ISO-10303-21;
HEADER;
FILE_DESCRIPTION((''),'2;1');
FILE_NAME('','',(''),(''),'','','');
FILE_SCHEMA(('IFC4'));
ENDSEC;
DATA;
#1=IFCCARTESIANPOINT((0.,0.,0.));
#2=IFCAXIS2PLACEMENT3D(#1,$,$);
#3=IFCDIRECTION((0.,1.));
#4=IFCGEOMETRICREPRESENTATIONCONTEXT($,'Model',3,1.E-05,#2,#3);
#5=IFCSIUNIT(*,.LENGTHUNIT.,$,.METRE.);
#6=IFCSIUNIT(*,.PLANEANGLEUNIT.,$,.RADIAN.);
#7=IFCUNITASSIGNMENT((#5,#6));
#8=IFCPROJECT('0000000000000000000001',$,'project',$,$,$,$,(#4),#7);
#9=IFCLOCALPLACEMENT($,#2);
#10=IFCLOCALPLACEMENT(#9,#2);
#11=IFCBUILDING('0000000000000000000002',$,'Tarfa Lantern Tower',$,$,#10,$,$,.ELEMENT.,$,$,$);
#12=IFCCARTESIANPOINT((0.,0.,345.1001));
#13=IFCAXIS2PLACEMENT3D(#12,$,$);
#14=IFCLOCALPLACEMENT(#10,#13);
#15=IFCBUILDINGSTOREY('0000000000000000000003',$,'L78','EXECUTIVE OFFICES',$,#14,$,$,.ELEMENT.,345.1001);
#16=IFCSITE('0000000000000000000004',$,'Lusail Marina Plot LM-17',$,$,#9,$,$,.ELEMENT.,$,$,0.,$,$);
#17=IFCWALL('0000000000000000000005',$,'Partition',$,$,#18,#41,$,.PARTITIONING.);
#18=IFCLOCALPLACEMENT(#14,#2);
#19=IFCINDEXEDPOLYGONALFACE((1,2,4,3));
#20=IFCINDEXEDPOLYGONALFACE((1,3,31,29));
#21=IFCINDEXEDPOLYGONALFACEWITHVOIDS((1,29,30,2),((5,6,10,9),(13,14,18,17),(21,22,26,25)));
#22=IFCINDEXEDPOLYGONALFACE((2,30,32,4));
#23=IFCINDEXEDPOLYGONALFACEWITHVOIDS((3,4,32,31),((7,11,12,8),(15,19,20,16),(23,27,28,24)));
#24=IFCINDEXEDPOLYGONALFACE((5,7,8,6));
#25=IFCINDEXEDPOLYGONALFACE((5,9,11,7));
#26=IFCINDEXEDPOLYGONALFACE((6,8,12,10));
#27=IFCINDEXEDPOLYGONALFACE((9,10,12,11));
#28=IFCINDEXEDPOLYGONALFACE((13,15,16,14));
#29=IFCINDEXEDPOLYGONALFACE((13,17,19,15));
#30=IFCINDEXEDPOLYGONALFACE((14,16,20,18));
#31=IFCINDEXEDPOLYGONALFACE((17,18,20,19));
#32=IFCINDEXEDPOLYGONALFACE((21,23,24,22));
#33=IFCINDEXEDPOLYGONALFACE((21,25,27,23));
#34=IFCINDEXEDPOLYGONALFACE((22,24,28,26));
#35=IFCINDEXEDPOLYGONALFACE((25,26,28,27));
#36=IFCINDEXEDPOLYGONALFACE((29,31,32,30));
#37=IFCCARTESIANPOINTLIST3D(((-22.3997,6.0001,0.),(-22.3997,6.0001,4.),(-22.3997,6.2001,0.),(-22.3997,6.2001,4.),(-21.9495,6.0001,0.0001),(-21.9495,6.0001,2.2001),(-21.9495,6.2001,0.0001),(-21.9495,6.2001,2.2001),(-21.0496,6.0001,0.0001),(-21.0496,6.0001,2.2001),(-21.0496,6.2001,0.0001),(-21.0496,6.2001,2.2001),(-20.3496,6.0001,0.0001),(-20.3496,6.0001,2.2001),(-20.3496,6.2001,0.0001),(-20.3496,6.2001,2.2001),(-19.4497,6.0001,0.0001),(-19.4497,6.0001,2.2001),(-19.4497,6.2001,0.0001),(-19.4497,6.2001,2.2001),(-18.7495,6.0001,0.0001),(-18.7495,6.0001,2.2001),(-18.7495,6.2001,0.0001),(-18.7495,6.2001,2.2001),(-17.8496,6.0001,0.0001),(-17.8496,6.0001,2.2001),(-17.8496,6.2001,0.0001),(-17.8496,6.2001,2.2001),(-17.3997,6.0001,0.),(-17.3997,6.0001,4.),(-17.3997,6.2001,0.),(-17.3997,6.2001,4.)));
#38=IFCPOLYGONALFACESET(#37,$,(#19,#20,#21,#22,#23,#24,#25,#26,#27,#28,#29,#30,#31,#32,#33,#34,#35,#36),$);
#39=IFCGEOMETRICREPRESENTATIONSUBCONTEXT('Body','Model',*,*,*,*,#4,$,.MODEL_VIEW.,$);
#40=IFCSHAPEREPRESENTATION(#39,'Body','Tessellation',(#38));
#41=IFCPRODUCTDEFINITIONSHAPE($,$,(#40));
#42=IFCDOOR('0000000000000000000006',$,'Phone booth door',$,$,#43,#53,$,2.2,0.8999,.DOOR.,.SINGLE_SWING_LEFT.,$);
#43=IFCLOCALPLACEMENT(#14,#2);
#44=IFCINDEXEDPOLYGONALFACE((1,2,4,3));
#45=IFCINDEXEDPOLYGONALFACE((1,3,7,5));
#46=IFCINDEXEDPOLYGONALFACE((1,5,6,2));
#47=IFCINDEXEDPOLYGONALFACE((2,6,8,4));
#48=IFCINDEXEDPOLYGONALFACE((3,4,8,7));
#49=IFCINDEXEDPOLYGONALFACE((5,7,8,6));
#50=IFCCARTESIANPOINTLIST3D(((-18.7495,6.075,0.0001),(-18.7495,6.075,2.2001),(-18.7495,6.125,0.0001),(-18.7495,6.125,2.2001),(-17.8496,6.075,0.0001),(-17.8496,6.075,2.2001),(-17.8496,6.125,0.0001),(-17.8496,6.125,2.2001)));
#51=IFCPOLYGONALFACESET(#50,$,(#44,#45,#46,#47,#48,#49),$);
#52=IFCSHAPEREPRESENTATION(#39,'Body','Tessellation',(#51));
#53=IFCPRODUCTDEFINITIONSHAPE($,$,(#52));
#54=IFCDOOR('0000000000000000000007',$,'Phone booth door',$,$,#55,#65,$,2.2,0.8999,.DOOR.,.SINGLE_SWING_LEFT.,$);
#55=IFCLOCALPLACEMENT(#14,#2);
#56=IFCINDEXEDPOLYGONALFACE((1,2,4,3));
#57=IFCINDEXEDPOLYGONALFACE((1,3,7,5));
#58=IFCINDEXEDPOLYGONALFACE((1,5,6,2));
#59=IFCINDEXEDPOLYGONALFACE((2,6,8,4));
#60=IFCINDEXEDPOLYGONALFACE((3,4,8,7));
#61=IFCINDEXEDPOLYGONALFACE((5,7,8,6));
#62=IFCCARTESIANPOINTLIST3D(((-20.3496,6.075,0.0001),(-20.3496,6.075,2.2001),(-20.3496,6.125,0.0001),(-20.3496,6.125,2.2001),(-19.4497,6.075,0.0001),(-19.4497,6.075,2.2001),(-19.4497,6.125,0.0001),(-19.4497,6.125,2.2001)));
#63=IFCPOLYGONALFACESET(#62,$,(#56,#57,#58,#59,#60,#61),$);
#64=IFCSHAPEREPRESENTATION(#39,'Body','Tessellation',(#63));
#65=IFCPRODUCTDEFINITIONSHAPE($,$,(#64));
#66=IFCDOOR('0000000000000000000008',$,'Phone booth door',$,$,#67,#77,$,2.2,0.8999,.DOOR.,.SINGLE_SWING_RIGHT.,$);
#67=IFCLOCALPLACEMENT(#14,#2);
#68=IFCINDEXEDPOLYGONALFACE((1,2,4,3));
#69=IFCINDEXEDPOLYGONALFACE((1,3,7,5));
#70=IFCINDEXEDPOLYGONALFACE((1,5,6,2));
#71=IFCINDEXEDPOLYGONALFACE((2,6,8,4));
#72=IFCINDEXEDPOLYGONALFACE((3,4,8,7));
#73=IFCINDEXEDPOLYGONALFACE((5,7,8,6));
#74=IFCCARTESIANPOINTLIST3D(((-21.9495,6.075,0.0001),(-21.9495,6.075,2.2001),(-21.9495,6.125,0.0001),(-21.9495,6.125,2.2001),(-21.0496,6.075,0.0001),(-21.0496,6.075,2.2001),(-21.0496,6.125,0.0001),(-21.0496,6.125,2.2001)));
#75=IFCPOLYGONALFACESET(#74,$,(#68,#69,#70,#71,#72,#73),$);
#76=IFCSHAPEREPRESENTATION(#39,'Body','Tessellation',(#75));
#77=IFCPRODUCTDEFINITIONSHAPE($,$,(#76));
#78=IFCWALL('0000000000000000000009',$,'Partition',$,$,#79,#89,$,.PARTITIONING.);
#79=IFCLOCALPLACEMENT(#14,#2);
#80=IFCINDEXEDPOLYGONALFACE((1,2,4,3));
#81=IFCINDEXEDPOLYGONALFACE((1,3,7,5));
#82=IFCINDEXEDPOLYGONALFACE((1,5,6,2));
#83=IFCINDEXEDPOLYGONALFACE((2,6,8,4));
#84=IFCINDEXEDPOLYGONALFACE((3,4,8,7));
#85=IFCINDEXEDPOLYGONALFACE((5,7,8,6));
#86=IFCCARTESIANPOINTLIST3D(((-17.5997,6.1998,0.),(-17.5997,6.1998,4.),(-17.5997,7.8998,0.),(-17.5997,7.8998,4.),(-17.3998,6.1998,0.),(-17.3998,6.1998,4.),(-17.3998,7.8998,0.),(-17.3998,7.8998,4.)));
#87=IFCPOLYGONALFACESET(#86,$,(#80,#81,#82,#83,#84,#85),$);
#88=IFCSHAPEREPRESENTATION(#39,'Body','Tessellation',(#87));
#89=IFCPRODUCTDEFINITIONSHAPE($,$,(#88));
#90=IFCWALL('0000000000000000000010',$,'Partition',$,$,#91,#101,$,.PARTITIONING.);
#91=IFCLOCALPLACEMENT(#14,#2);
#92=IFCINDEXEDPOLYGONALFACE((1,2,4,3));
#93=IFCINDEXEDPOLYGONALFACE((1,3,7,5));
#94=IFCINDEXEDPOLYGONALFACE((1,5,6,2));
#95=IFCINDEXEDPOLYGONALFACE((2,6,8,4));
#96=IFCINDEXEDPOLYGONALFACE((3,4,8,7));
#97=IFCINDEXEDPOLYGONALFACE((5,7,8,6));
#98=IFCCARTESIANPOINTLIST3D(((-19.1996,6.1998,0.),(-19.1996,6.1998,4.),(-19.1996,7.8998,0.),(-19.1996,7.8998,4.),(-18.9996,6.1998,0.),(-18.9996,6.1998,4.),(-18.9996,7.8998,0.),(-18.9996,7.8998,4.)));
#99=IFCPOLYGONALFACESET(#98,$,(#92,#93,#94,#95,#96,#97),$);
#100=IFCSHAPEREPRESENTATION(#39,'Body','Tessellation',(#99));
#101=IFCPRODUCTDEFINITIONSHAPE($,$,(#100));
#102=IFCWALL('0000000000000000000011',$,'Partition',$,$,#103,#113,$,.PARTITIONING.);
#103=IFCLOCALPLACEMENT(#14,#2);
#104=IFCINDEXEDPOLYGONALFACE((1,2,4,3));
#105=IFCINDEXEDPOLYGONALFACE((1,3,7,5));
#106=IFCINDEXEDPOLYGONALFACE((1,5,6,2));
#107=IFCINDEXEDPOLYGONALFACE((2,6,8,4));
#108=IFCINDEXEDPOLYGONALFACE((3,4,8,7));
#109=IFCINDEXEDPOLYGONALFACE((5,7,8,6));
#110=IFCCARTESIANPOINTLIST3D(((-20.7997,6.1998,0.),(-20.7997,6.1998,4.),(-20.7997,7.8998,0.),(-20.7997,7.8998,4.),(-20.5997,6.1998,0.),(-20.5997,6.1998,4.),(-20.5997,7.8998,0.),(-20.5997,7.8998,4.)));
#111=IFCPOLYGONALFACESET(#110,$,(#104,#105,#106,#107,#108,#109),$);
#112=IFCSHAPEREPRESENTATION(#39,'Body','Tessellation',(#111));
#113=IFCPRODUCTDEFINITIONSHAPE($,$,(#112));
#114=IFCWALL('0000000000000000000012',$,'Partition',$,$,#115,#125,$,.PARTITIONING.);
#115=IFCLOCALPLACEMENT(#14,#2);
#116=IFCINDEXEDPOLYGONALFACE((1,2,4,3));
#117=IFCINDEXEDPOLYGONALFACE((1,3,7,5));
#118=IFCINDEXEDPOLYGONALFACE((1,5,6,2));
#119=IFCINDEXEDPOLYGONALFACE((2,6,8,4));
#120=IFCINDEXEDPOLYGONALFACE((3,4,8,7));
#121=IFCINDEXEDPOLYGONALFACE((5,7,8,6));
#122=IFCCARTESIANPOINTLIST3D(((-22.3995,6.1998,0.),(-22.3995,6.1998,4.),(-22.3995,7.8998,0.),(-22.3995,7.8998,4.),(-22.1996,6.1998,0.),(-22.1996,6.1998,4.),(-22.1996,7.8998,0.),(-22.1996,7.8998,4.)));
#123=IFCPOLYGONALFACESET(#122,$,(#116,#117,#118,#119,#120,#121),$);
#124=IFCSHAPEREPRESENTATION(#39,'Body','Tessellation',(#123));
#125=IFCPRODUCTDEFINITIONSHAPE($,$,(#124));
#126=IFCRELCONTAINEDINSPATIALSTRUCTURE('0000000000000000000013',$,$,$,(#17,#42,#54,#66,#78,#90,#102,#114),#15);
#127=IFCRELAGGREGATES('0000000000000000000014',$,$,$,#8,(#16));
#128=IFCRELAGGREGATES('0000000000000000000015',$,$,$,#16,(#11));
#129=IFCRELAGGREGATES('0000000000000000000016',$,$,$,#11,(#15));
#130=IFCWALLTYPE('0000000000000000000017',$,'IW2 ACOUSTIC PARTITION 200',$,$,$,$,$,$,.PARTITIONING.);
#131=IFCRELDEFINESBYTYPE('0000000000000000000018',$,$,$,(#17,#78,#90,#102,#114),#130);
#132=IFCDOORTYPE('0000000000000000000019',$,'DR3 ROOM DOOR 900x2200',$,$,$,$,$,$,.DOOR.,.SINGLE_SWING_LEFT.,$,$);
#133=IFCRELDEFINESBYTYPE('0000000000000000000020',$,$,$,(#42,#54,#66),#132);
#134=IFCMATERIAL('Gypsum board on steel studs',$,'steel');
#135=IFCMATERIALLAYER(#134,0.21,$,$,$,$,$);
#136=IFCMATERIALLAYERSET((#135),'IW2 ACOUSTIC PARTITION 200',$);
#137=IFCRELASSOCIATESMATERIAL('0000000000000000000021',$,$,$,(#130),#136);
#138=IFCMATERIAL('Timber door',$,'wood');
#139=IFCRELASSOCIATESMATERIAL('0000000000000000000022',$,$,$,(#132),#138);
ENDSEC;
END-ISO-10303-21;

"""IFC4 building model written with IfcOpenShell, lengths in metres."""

from ifc_helpers import new_model, si_unit, direction, frame, frame_2d, origin, place, context, subcontext, project, spatial, rectangle, extrude, material, layer, layer_set, type_object, element, fill, save


model = new_model("IFC4")

# Units and contexts
model_context = context("Model", 3, precision=1e-05, world=origin(), true_north=direction((0.0, 1.0)))
body_context = subcontext(model_context, "Body", "Model", "MODEL_VIEW")
ifc_project = project(units=[si_unit("LENGTHUNIT", "METRE"), si_unit("PLANEANGLEUNIT", "RADIAN")], contexts=[model_context])

# Site, building, storey
site_placement = place(None, origin())
site = spatial("IfcSite", under=ifc_project, at=site_placement, Name="Lusail Marina Plot LM-17", CompositionType="ELEMENT", RefElevation=0.0)
building_placement = place(site_placement, origin())
building = spatial("IfcBuilding", under=site, at=building_placement, Name="Tarfa Lantern Tower", CompositionType="ELEMENT")
storey_placement = place(building_placement, frame((0.0, 0.0, 345.1001)))
storey = spatial("IfcBuildingStorey", under=building, at=storey_placement, Name="L78", Description="EXECUTIVE OFFICES", CompositionType="ELEMENT", Elevation=345.1001)

# Wall, openings, doors
ifc_material_1 = material(Name="Gypsum board on steel studs", Category="steel")
ifc_layer_1 = layer(ifc_material_1, 0.21)
ifc_layer_set_1 = layer_set([ifc_layer_1], Name="IW2 ACOUSTIC PARTITION 200")
wall_type = type_object("IfcWallType", Name="IW2 ACOUSTIC PARTITION 200", PredefinedType="PARTITIONING", material=ifc_layer_set_1)
wall_placement = place(storey_placement, frame((-17.3997, 6.1001, 0.0), z_axis=(0.0, 0.0, 1.0), x_axis=(-1.0, 0.0, 0.0)))
wall = element("IfcWall", 1, at=wall_placement, inside=storey, type_object=wall_type, Name="Partition", PredefinedType="PARTITIONING", context=body_context, shape_type="SweptSolid", body=[
    extrude(rectangle(XDim=5.0, YDim=0.2, at=frame_2d((2.5, 0.0))), origin(), (0.0, 0.0, 1.0), 4.0),
])
opening_1_placement = place(wall_placement, frame((0.45, 0.0, 0.0)))
opening_1 = element("IfcOpeningElement", 2, at=opening_1_placement, cuts=wall, PredefinedType="OPENING", context=body_context, shape_type="SweptSolid", body=[
    extrude(rectangle(XDim=0.8999, YDim=2.2, at=frame_2d((0.45, 1.1001))), frame((0.0, 0.1099, 0.0), z_axis=(0.0, -1.0, 0.0), x_axis=(1.0, 0.0, 0.0)), (0.0, 0.0, 1.0), 0.22),
])
opening_2_placement = place(wall_placement, frame((2.05, 0.0, 0.0)))
opening_2 = element("IfcOpeningElement", 3, at=opening_2_placement, cuts=wall, PredefinedType="OPENING", context=body_context, shape_type="SweptSolid", body=[
    extrude(rectangle(XDim=0.8999, YDim=2.2, at=frame_2d((0.45, 1.1001))), frame((0.0, 0.1099, 0.0), z_axis=(0.0, -1.0, 0.0), x_axis=(1.0, 0.0, 0.0)), (0.0, 0.0, 1.0), 0.22),
])
opening_3_placement = place(wall_placement, frame((3.6499, 0.0, 0.0)))
opening_3 = element("IfcOpeningElement", 4, at=opening_3_placement, cuts=wall, PredefinedType="OPENING", context=body_context, shape_type="SweptSolid", body=[
    extrude(rectangle(XDim=0.8999, YDim=2.2, at=frame_2d((0.45, 1.1001))), frame((0.0, 0.1099, 0.0), z_axis=(0.0, -1.0, 0.0), x_axis=(1.0, 0.0, 0.0)), (0.0, 0.0, 1.0), 0.22),
])
ifc_material_2 = material(Name="Timber door", Category="wood")
door_type = type_object("IfcDoorType", Name="DR3 ROOM DOOR 900x2200", OperationType="SINGLE_SWING_LEFT", PredefinedType="DOOR", material=ifc_material_2)
door_1_placement = place(opening_1_placement, frame((0.8999, 0.0, 0.0), z_axis=(0.0, 0.0, 1.0), x_axis=(-1.0, 0.0, 0.0)))
door_1 = element("IfcDoor", 5, at=door_1_placement, inside=storey, type_object=door_type, Name="Phone booth door", OperationType="SINGLE_SWING_LEFT", OverallHeight=2.2, OverallWidth=0.8999, PredefinedType="DOOR", context=body_context, shape_type="SweptSolid", body=[
    extrude(rectangle(XDim=0.8999, YDim=2.2, at=frame_2d((0.45, 1.1001))), frame((0.0, 0.0249, 0.0), z_axis=(0.0, -1.0, 0.0), x_axis=(1.0, 0.0, 0.0)), (0.0, 0.0, 1.0), 0.05),
])
fill(opening_1, door_1)
door_2_placement = place(opening_2_placement, frame((0.8999, 0.0, 0.0), z_axis=(0.0, 0.0, 1.0), x_axis=(-1.0, 0.0, 0.0)))
door_2 = element("IfcDoor", 6, at=door_2_placement, inside=storey, type_object=door_type, Name="Phone booth door", OperationType="SINGLE_SWING_LEFT", OverallHeight=2.2, OverallWidth=0.8999, PredefinedType="DOOR", context=body_context, shape_type="SweptSolid", body=[
    extrude(rectangle(XDim=0.8999, YDim=2.2, at=frame_2d((0.45, 1.1001))), frame((0.0, 0.0249, 0.0), z_axis=(0.0, -1.0, 0.0), x_axis=(1.0, 0.0, 0.0)), (0.0, 0.0, 1.0), 0.05),
])
fill(opening_2, door_2)
door_3_placement = place(opening_3_placement, frame((0.8999, 0.0, 0.0), z_axis=(0.0, 0.0, 1.0), x_axis=(-1.0, 0.0, 0.0)))
door_3 = element("IfcDoor", 7, at=door_3_placement, inside=storey, type_object=door_type, Name="Phone booth door", OperationType="SINGLE_SWING_RIGHT", OverallHeight=2.2, OverallWidth=0.8999, PredefinedType="DOOR", context=body_context, shape_type="SweptSolid", body=[
    extrude(rectangle(XDim=0.8999, YDim=2.2, at=frame_2d((0.45, 1.1001))), frame((0.0, 0.0249, 0.0), z_axis=(0.0, -1.0, 0.0), x_axis=(1.0, 0.0, 0.0)), (0.0, 0.0, 1.0), 0.05),
])
fill(opening_3, door_3)

# Walls
for number, where, z_axis, x_axis, name in (
    (8, (-17.4998, 7.8999, 0.0), (0.0, 0.0, 1.0), (0.0, -1.0, 0.0), "Partition"),
    (9, (-19.0996, 7.8999, 0.0), (0.0, 0.0, 1.0), (0.0, -1.0, 0.0), "Partition"),
    (10, (-20.6997, 7.8999, 0.0), (0.0, 0.0, 1.0), (0.0, -1.0, 0.0), "Partition"),
    (11, (-22.2996, 7.8999, 0.0), (0.0, 0.0, 1.0), (0.0, -1.0, 0.0), "Partition"),
):
    element("IfcWall", number, at=place(storey_placement, frame(where, z_axis=z_axis, x_axis=x_axis)), inside=storey, type_object=wall_type, Name=name, PredefinedType="PARTITIONING", context=body_context, shape_type="SweptSolid", body=[
        extrude(rectangle(XDim=1.7, YDim=0.2, at=frame_2d((0.8501, 0.0))), origin(), (0.0, 0.0, 1.0), 4.0),
    ])

save(model, "model.ifc")
